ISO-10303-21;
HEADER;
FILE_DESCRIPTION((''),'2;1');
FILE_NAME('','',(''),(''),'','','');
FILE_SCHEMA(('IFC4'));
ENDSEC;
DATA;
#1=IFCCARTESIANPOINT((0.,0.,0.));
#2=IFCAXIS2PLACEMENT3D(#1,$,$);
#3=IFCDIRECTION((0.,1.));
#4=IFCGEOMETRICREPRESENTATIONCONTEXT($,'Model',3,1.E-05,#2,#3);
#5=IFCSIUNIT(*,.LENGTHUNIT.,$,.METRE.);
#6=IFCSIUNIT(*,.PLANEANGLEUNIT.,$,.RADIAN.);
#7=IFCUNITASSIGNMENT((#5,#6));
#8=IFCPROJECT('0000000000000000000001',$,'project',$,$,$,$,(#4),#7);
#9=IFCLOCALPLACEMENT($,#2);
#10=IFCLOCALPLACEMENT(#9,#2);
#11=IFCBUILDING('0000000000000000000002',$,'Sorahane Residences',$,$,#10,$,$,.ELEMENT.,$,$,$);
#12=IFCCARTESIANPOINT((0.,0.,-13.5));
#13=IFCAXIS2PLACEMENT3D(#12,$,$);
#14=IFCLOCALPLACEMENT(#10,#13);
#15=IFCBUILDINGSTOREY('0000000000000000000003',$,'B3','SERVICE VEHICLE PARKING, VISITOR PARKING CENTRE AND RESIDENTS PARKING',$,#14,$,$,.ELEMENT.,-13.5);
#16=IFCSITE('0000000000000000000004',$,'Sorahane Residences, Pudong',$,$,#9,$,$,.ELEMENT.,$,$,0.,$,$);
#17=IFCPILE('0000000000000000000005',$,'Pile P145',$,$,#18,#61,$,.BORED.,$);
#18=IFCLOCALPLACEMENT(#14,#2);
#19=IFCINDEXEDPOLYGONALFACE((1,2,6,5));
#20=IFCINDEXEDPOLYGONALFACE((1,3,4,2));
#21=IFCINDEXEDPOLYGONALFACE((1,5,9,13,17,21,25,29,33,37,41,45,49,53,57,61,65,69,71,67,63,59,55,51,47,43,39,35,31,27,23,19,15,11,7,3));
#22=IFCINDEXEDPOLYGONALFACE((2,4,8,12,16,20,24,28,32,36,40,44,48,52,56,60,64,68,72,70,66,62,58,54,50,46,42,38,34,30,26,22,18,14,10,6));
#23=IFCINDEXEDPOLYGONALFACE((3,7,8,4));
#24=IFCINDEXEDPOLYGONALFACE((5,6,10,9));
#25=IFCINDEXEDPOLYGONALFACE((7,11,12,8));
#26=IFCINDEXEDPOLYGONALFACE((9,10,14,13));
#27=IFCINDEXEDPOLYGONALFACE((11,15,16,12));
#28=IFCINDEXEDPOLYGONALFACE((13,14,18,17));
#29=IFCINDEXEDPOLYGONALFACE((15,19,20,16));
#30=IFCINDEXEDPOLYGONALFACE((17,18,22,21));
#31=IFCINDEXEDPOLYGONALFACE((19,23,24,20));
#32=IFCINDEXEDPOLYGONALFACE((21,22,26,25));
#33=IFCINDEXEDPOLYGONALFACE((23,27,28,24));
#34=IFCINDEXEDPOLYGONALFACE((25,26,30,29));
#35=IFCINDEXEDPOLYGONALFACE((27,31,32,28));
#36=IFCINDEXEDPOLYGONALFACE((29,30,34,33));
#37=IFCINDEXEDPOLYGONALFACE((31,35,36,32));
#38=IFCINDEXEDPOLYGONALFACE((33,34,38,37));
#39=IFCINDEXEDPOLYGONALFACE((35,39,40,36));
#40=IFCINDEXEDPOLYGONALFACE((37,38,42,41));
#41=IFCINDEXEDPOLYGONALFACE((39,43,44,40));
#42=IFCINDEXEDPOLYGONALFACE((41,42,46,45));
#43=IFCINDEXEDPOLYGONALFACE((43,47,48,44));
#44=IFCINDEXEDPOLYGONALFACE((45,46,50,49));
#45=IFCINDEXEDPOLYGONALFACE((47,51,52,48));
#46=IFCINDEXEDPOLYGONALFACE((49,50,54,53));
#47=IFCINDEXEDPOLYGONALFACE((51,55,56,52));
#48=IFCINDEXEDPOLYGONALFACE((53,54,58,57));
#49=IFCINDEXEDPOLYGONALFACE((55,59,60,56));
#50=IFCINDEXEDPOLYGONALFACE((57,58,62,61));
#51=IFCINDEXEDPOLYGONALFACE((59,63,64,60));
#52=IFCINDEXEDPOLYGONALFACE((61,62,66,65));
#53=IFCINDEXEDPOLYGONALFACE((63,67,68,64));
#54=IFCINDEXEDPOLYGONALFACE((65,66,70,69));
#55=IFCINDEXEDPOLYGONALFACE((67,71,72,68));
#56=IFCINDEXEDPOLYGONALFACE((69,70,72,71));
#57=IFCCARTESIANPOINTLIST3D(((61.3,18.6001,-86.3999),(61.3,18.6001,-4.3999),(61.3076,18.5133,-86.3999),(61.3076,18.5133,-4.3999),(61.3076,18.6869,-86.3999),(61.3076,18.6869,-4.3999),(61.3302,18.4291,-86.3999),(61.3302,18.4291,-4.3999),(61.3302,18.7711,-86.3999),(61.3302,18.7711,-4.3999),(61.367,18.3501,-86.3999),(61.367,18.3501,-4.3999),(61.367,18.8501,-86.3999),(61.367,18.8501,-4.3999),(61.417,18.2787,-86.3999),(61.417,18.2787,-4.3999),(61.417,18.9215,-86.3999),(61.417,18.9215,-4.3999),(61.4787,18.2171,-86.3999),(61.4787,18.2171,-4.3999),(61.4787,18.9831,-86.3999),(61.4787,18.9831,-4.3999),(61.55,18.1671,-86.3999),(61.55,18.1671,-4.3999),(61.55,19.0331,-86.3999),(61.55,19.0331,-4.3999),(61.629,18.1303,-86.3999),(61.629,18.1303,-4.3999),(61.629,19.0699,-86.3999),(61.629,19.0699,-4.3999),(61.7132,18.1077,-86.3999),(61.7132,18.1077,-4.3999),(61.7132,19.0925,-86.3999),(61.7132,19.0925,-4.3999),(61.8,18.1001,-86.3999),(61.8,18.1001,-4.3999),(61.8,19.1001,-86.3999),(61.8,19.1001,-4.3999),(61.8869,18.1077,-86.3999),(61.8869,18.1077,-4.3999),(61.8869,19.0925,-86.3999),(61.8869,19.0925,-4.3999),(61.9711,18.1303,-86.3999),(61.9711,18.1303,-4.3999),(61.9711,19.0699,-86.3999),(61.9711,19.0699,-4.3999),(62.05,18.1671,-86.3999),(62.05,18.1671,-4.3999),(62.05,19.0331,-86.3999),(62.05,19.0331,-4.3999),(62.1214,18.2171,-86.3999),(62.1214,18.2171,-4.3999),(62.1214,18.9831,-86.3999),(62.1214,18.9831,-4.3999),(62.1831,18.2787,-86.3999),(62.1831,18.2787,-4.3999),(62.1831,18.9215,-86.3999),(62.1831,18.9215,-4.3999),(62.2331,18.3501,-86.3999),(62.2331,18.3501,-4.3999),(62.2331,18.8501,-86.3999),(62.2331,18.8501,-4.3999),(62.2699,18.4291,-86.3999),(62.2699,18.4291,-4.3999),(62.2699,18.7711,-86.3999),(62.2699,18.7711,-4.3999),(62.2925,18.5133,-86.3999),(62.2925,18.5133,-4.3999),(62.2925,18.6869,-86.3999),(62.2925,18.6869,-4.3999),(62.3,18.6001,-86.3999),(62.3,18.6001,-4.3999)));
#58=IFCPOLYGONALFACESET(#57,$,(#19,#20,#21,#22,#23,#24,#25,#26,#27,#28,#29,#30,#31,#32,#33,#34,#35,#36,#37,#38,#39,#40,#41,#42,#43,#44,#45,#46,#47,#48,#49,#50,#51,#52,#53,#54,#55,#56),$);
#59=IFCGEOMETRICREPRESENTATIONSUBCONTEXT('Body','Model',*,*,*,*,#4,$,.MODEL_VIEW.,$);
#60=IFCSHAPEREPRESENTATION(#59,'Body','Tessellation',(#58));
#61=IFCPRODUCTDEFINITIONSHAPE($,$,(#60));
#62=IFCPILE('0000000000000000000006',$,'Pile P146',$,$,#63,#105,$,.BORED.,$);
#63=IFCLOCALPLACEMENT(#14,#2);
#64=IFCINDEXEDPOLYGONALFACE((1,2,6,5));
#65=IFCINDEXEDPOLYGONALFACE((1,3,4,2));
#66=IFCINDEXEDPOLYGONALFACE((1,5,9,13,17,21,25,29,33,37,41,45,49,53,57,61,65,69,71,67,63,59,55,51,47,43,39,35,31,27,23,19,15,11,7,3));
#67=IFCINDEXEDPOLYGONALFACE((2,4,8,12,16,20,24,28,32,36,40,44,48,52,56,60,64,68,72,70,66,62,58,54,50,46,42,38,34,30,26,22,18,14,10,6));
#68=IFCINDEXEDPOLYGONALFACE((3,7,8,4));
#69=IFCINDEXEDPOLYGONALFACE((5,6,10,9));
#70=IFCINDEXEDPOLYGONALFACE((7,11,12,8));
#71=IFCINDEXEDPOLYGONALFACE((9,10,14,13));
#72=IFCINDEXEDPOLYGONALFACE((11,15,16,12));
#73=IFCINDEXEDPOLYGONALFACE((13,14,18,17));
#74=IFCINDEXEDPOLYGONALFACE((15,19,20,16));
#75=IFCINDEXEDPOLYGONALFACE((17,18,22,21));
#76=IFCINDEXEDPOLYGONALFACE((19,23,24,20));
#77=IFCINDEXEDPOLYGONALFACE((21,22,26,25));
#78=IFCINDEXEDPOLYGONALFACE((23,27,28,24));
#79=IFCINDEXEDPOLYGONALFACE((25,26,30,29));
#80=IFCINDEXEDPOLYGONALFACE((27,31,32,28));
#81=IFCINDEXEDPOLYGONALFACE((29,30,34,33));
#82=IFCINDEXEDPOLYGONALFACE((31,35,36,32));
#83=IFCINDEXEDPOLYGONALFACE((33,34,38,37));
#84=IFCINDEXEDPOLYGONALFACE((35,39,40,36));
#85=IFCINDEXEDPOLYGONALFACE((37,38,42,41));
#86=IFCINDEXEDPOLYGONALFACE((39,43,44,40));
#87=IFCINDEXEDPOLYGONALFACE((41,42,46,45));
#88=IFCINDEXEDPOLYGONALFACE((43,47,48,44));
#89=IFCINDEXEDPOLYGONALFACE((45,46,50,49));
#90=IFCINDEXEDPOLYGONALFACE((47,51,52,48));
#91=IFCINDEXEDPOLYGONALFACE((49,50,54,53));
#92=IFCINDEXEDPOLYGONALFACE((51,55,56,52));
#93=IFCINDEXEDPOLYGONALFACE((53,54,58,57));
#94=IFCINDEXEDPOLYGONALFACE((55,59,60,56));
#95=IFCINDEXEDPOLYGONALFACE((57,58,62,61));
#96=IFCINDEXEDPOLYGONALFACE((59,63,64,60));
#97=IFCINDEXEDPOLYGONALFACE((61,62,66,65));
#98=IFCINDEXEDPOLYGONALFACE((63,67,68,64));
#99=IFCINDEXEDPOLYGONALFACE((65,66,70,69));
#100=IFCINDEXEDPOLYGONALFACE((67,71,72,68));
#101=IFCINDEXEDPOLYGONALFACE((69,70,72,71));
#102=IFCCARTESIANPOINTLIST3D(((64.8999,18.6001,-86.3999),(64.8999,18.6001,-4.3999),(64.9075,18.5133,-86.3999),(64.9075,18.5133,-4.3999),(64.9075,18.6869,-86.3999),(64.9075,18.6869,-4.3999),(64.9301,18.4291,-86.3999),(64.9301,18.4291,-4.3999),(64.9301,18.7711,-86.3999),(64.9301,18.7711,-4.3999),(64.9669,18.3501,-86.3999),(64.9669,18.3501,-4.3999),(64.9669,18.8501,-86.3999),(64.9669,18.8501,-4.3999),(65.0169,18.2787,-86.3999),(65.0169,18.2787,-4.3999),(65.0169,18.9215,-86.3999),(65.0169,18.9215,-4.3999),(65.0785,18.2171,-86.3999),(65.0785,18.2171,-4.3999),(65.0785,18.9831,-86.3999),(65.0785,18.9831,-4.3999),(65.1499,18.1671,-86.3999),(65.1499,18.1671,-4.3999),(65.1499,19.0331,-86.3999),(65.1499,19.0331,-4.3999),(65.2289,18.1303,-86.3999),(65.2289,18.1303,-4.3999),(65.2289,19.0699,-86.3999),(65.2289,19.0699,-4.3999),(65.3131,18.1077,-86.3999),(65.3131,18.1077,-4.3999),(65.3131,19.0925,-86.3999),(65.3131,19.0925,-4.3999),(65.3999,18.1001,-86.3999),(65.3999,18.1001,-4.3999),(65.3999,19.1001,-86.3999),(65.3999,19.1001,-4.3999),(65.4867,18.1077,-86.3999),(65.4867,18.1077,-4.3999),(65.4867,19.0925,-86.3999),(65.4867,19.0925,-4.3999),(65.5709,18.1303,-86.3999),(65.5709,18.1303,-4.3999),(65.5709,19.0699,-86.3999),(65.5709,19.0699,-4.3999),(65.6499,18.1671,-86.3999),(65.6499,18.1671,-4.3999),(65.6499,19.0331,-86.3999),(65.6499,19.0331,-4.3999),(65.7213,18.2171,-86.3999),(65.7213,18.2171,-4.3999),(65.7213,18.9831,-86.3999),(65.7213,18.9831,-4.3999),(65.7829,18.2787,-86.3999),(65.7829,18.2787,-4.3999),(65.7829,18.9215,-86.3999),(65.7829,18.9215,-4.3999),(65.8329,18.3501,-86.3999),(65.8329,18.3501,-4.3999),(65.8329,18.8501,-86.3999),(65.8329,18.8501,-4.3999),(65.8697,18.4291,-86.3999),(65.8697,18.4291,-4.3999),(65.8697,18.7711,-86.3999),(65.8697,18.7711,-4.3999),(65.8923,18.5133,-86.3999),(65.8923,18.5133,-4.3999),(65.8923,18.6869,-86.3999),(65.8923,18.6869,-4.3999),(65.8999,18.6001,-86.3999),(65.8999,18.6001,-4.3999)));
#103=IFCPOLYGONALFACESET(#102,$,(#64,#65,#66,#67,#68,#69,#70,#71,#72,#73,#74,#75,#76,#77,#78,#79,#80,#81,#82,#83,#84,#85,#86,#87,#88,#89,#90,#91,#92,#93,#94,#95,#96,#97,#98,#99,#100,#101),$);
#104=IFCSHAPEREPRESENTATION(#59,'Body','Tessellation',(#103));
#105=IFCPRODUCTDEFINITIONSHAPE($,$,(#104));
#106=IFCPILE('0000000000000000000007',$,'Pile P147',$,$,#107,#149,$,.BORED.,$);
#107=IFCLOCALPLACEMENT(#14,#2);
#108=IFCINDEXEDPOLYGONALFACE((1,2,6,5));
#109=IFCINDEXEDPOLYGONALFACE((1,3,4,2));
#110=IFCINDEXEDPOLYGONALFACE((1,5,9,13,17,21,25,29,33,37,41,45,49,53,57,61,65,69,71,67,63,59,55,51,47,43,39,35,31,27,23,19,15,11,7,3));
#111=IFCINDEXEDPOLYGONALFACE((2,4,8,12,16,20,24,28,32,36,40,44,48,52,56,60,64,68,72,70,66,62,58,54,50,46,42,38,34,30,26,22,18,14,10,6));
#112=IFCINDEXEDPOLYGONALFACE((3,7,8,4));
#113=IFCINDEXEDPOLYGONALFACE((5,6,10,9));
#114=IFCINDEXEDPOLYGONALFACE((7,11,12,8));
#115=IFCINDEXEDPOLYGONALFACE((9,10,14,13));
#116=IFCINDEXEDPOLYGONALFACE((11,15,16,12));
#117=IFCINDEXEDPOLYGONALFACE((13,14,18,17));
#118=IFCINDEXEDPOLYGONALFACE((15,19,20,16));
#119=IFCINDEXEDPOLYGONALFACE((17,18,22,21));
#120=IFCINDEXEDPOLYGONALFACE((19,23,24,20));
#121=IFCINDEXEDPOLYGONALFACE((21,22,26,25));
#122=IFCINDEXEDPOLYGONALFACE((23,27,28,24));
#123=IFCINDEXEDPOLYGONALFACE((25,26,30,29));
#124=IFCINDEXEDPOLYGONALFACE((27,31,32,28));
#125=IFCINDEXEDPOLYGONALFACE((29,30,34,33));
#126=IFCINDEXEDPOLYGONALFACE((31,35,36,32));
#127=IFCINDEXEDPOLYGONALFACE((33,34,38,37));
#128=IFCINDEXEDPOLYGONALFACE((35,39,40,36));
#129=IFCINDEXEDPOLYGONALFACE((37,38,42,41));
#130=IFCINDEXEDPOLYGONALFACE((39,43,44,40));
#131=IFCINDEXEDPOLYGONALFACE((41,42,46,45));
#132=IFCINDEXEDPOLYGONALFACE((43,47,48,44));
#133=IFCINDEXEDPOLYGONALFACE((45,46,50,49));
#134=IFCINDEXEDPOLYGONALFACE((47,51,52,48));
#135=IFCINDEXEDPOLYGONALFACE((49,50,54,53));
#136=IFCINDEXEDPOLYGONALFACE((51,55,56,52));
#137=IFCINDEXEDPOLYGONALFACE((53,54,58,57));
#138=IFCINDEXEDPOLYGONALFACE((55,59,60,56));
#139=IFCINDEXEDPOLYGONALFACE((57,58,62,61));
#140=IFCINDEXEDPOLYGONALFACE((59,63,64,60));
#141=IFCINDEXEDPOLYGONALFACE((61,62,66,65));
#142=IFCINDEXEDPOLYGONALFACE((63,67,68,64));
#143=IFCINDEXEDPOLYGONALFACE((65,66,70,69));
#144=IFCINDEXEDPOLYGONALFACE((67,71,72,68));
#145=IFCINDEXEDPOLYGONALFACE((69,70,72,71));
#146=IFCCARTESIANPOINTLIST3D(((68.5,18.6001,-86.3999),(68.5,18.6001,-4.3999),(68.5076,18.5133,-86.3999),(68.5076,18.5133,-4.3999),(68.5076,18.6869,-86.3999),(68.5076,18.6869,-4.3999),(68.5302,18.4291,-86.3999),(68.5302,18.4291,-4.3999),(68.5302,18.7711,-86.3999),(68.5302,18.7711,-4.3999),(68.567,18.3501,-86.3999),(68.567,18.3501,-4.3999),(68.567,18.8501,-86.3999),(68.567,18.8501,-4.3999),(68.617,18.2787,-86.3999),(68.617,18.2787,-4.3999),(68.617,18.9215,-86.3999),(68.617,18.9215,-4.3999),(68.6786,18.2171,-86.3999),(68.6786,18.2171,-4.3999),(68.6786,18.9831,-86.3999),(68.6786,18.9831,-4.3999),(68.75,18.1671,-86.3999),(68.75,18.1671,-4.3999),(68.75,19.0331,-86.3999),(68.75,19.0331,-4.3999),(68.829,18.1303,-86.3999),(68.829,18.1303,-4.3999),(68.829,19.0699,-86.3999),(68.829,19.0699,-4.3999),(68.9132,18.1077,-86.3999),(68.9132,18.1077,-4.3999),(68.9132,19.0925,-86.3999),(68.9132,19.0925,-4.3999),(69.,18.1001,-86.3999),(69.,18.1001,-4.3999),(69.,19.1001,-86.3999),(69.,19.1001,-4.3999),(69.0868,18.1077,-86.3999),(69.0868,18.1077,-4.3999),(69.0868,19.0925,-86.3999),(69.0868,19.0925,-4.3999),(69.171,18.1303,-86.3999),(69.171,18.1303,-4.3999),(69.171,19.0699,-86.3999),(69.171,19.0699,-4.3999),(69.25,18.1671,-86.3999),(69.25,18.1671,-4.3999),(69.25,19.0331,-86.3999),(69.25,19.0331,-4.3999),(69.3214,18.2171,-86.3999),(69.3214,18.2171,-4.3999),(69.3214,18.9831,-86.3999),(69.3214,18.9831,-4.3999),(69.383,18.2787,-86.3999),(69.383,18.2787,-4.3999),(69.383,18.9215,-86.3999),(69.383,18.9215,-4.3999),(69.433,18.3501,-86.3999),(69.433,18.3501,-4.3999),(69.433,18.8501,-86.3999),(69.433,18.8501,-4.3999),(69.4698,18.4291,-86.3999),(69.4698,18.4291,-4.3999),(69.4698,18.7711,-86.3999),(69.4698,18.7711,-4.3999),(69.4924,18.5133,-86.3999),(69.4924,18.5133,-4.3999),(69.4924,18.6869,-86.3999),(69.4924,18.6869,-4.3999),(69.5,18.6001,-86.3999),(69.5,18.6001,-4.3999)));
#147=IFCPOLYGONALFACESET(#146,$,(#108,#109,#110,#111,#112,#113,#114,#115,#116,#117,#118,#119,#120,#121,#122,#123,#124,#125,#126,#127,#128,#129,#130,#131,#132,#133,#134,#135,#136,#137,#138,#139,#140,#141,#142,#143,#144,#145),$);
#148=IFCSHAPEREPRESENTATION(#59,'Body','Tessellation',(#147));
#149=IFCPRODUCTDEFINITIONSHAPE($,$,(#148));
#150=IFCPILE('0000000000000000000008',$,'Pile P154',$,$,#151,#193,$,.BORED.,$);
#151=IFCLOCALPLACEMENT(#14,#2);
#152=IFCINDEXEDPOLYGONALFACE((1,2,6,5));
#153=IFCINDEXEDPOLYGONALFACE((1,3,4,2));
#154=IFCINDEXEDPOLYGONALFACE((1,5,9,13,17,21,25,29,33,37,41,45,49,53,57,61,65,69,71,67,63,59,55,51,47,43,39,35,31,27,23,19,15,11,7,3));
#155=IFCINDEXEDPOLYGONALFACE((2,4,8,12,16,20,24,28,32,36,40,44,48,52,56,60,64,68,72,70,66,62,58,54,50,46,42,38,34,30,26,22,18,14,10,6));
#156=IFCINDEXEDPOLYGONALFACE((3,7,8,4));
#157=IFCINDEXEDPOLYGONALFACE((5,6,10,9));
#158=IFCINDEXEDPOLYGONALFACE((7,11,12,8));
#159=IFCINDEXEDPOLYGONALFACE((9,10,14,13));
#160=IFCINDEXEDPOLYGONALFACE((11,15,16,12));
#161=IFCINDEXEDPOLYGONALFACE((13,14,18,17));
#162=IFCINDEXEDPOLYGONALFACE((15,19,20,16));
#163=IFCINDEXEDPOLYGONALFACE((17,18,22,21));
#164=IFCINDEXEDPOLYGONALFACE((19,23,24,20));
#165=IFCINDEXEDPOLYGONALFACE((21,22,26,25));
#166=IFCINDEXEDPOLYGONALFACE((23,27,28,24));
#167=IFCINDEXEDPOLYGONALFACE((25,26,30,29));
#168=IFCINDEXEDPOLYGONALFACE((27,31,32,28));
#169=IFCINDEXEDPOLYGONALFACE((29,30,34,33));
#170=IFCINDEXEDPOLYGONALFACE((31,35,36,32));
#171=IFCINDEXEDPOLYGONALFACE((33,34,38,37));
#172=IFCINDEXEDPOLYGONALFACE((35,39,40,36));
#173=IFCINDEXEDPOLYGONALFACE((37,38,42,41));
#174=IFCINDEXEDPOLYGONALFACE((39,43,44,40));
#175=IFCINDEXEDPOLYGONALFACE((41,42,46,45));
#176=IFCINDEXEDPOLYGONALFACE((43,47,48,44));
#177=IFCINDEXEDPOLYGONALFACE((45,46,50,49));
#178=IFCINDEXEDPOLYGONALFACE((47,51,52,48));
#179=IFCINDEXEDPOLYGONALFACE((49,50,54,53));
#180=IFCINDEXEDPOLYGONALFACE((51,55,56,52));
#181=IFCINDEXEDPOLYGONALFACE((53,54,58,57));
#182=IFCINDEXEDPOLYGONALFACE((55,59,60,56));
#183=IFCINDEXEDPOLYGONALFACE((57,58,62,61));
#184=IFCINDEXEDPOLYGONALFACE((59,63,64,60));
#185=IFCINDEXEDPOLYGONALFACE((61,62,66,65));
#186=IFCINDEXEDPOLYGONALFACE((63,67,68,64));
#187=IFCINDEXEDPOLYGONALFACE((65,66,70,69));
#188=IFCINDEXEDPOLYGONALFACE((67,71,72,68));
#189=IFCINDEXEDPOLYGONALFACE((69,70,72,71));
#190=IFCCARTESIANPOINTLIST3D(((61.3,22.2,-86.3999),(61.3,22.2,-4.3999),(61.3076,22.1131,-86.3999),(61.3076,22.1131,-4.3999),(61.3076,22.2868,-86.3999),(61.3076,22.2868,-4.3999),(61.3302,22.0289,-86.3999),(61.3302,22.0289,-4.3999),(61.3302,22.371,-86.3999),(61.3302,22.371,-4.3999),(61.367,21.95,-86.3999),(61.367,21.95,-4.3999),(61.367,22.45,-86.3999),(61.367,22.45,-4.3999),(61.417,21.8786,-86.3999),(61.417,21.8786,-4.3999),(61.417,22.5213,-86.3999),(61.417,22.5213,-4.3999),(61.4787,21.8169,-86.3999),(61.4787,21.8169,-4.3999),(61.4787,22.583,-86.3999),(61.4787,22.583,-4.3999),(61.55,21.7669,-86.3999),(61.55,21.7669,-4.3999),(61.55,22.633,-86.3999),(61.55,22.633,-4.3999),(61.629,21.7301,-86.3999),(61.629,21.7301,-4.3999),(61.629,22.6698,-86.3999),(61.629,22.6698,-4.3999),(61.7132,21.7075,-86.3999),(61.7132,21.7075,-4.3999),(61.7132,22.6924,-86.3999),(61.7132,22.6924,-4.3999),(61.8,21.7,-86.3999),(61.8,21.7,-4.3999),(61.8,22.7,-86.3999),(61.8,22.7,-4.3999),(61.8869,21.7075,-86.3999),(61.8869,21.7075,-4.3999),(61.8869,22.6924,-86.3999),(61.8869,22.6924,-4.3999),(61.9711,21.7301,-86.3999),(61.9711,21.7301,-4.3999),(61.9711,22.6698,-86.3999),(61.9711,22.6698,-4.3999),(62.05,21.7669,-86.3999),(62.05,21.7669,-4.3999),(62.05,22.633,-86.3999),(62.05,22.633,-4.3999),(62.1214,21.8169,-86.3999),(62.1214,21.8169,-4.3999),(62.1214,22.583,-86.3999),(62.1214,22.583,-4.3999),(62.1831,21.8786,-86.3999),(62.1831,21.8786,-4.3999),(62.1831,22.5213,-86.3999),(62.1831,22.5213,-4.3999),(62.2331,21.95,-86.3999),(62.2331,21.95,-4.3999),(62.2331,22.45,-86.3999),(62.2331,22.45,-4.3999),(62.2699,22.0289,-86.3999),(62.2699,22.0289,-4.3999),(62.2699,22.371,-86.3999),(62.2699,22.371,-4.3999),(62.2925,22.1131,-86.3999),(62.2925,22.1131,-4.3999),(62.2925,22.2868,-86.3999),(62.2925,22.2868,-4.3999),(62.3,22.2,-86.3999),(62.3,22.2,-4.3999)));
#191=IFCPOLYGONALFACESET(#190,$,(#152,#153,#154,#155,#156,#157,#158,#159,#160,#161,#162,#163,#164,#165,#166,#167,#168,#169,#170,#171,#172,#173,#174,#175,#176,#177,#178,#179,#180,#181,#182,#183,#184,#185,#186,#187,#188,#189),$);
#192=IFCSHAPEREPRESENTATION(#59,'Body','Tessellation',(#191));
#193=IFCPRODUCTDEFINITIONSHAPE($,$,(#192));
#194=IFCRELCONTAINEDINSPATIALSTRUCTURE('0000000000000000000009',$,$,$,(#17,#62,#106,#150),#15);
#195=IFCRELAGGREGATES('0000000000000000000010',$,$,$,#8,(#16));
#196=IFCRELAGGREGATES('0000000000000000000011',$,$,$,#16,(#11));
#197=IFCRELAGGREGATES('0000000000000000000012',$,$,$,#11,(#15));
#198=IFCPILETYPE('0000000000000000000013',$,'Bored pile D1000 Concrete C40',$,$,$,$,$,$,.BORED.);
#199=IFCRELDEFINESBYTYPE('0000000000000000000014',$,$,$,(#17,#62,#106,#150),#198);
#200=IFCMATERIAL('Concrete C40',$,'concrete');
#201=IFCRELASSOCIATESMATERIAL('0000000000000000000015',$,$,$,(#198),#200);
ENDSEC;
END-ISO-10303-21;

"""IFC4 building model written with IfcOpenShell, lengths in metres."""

from ifc_helpers import new_model, si_unit, direction, frame, origin, origin_2d, place, context, subcontext, project, spatial, circle, extrude, material, material_profile, profile_set, type_object, element, save


model = new_model("IFC4")

# Units and contexts
model_context = context("Model", 3, precision=1e-05, world=origin(), true_north=direction((0.0, 1.0)))
body_context = subcontext(model_context, "Body", "Model", "MODEL_VIEW")
ifc_project = project(units=[si_unit("LENGTHUNIT", "METRE"), si_unit("PLANEANGLEUNIT", "RADIAN")], contexts=[model_context])

# Site, building, storey
site_placement = place(None, origin())
site = spatial("IfcSite", under=ifc_project, at=site_placement, Name="Sorahane Residences, Pudong", CompositionType="ELEMENT", RefElevation=0.0)
building_placement = place(site_placement, origin())
building = spatial("IfcBuilding", under=site, at=building_placement, Name="Sorahane Residences", CompositionType="ELEMENT")
storey_placement = place(building_placement, frame((0.0, 0.0, -13.5)))
storey = spatial("IfcBuildingStorey", under=building, at=storey_placement, Name="B3", Description="SERVICE VEHICLE PARKING, VISITOR PARKING CENTRE AND RESIDENTS PARKING", CompositionType="ELEMENT", Elevation=-13.5)

# Piles
ifc_material_1 = material(Name="Concrete C40", Category="concrete")
ifc_material_profile_1 = material_profile(ifc_material_1, circle(Radius=0.5, at=origin_2d()), Name="D1000")
ifc_profile_set_1 = profile_set([ifc_material_profile_1], Name="Concrete C40")
pile_type = type_object("IfcPileType", Name="Bored pile D1000 Concrete C40", PredefinedType="BORED", material=ifc_profile_set_1)
for number, where, z_axis, x_axis, name in (
    (1, (61.8, 18.6001, -4.3999), (0.0, 0.0, -1.0), (1.0, 0.0, 0.0), "Pile P145"),
    (2, (65.3999, 18.6001, -4.3999), (0.0, 0.0, -1.0), (1.0, 0.0, 0.0), "Pile P146"),
    (3, (69.0, 18.6001, -4.3999), (0.0, 0.0, -1.0), (1.0, 0.0, 0.0), "Pile P147"),
    (4, (61.8, 22.2, -4.3999), (0.0, 0.0, -1.0), (1.0, 0.0, 0.0), "Pile P154"),
):
    element("IfcPile", number, at=place(storey_placement, frame(where, z_axis=z_axis, x_axis=x_axis)), inside=storey, type_object=pile_type, Name=name, PredefinedType="BORED", context=body_context, shape_type="SweptSolid", body=[
        extrude(circle(Radius=0.5, at=origin_2d()), origin(), (0.0, 0.0, 1.0), 82.0),
    ])

save(model, "model.ifc")
